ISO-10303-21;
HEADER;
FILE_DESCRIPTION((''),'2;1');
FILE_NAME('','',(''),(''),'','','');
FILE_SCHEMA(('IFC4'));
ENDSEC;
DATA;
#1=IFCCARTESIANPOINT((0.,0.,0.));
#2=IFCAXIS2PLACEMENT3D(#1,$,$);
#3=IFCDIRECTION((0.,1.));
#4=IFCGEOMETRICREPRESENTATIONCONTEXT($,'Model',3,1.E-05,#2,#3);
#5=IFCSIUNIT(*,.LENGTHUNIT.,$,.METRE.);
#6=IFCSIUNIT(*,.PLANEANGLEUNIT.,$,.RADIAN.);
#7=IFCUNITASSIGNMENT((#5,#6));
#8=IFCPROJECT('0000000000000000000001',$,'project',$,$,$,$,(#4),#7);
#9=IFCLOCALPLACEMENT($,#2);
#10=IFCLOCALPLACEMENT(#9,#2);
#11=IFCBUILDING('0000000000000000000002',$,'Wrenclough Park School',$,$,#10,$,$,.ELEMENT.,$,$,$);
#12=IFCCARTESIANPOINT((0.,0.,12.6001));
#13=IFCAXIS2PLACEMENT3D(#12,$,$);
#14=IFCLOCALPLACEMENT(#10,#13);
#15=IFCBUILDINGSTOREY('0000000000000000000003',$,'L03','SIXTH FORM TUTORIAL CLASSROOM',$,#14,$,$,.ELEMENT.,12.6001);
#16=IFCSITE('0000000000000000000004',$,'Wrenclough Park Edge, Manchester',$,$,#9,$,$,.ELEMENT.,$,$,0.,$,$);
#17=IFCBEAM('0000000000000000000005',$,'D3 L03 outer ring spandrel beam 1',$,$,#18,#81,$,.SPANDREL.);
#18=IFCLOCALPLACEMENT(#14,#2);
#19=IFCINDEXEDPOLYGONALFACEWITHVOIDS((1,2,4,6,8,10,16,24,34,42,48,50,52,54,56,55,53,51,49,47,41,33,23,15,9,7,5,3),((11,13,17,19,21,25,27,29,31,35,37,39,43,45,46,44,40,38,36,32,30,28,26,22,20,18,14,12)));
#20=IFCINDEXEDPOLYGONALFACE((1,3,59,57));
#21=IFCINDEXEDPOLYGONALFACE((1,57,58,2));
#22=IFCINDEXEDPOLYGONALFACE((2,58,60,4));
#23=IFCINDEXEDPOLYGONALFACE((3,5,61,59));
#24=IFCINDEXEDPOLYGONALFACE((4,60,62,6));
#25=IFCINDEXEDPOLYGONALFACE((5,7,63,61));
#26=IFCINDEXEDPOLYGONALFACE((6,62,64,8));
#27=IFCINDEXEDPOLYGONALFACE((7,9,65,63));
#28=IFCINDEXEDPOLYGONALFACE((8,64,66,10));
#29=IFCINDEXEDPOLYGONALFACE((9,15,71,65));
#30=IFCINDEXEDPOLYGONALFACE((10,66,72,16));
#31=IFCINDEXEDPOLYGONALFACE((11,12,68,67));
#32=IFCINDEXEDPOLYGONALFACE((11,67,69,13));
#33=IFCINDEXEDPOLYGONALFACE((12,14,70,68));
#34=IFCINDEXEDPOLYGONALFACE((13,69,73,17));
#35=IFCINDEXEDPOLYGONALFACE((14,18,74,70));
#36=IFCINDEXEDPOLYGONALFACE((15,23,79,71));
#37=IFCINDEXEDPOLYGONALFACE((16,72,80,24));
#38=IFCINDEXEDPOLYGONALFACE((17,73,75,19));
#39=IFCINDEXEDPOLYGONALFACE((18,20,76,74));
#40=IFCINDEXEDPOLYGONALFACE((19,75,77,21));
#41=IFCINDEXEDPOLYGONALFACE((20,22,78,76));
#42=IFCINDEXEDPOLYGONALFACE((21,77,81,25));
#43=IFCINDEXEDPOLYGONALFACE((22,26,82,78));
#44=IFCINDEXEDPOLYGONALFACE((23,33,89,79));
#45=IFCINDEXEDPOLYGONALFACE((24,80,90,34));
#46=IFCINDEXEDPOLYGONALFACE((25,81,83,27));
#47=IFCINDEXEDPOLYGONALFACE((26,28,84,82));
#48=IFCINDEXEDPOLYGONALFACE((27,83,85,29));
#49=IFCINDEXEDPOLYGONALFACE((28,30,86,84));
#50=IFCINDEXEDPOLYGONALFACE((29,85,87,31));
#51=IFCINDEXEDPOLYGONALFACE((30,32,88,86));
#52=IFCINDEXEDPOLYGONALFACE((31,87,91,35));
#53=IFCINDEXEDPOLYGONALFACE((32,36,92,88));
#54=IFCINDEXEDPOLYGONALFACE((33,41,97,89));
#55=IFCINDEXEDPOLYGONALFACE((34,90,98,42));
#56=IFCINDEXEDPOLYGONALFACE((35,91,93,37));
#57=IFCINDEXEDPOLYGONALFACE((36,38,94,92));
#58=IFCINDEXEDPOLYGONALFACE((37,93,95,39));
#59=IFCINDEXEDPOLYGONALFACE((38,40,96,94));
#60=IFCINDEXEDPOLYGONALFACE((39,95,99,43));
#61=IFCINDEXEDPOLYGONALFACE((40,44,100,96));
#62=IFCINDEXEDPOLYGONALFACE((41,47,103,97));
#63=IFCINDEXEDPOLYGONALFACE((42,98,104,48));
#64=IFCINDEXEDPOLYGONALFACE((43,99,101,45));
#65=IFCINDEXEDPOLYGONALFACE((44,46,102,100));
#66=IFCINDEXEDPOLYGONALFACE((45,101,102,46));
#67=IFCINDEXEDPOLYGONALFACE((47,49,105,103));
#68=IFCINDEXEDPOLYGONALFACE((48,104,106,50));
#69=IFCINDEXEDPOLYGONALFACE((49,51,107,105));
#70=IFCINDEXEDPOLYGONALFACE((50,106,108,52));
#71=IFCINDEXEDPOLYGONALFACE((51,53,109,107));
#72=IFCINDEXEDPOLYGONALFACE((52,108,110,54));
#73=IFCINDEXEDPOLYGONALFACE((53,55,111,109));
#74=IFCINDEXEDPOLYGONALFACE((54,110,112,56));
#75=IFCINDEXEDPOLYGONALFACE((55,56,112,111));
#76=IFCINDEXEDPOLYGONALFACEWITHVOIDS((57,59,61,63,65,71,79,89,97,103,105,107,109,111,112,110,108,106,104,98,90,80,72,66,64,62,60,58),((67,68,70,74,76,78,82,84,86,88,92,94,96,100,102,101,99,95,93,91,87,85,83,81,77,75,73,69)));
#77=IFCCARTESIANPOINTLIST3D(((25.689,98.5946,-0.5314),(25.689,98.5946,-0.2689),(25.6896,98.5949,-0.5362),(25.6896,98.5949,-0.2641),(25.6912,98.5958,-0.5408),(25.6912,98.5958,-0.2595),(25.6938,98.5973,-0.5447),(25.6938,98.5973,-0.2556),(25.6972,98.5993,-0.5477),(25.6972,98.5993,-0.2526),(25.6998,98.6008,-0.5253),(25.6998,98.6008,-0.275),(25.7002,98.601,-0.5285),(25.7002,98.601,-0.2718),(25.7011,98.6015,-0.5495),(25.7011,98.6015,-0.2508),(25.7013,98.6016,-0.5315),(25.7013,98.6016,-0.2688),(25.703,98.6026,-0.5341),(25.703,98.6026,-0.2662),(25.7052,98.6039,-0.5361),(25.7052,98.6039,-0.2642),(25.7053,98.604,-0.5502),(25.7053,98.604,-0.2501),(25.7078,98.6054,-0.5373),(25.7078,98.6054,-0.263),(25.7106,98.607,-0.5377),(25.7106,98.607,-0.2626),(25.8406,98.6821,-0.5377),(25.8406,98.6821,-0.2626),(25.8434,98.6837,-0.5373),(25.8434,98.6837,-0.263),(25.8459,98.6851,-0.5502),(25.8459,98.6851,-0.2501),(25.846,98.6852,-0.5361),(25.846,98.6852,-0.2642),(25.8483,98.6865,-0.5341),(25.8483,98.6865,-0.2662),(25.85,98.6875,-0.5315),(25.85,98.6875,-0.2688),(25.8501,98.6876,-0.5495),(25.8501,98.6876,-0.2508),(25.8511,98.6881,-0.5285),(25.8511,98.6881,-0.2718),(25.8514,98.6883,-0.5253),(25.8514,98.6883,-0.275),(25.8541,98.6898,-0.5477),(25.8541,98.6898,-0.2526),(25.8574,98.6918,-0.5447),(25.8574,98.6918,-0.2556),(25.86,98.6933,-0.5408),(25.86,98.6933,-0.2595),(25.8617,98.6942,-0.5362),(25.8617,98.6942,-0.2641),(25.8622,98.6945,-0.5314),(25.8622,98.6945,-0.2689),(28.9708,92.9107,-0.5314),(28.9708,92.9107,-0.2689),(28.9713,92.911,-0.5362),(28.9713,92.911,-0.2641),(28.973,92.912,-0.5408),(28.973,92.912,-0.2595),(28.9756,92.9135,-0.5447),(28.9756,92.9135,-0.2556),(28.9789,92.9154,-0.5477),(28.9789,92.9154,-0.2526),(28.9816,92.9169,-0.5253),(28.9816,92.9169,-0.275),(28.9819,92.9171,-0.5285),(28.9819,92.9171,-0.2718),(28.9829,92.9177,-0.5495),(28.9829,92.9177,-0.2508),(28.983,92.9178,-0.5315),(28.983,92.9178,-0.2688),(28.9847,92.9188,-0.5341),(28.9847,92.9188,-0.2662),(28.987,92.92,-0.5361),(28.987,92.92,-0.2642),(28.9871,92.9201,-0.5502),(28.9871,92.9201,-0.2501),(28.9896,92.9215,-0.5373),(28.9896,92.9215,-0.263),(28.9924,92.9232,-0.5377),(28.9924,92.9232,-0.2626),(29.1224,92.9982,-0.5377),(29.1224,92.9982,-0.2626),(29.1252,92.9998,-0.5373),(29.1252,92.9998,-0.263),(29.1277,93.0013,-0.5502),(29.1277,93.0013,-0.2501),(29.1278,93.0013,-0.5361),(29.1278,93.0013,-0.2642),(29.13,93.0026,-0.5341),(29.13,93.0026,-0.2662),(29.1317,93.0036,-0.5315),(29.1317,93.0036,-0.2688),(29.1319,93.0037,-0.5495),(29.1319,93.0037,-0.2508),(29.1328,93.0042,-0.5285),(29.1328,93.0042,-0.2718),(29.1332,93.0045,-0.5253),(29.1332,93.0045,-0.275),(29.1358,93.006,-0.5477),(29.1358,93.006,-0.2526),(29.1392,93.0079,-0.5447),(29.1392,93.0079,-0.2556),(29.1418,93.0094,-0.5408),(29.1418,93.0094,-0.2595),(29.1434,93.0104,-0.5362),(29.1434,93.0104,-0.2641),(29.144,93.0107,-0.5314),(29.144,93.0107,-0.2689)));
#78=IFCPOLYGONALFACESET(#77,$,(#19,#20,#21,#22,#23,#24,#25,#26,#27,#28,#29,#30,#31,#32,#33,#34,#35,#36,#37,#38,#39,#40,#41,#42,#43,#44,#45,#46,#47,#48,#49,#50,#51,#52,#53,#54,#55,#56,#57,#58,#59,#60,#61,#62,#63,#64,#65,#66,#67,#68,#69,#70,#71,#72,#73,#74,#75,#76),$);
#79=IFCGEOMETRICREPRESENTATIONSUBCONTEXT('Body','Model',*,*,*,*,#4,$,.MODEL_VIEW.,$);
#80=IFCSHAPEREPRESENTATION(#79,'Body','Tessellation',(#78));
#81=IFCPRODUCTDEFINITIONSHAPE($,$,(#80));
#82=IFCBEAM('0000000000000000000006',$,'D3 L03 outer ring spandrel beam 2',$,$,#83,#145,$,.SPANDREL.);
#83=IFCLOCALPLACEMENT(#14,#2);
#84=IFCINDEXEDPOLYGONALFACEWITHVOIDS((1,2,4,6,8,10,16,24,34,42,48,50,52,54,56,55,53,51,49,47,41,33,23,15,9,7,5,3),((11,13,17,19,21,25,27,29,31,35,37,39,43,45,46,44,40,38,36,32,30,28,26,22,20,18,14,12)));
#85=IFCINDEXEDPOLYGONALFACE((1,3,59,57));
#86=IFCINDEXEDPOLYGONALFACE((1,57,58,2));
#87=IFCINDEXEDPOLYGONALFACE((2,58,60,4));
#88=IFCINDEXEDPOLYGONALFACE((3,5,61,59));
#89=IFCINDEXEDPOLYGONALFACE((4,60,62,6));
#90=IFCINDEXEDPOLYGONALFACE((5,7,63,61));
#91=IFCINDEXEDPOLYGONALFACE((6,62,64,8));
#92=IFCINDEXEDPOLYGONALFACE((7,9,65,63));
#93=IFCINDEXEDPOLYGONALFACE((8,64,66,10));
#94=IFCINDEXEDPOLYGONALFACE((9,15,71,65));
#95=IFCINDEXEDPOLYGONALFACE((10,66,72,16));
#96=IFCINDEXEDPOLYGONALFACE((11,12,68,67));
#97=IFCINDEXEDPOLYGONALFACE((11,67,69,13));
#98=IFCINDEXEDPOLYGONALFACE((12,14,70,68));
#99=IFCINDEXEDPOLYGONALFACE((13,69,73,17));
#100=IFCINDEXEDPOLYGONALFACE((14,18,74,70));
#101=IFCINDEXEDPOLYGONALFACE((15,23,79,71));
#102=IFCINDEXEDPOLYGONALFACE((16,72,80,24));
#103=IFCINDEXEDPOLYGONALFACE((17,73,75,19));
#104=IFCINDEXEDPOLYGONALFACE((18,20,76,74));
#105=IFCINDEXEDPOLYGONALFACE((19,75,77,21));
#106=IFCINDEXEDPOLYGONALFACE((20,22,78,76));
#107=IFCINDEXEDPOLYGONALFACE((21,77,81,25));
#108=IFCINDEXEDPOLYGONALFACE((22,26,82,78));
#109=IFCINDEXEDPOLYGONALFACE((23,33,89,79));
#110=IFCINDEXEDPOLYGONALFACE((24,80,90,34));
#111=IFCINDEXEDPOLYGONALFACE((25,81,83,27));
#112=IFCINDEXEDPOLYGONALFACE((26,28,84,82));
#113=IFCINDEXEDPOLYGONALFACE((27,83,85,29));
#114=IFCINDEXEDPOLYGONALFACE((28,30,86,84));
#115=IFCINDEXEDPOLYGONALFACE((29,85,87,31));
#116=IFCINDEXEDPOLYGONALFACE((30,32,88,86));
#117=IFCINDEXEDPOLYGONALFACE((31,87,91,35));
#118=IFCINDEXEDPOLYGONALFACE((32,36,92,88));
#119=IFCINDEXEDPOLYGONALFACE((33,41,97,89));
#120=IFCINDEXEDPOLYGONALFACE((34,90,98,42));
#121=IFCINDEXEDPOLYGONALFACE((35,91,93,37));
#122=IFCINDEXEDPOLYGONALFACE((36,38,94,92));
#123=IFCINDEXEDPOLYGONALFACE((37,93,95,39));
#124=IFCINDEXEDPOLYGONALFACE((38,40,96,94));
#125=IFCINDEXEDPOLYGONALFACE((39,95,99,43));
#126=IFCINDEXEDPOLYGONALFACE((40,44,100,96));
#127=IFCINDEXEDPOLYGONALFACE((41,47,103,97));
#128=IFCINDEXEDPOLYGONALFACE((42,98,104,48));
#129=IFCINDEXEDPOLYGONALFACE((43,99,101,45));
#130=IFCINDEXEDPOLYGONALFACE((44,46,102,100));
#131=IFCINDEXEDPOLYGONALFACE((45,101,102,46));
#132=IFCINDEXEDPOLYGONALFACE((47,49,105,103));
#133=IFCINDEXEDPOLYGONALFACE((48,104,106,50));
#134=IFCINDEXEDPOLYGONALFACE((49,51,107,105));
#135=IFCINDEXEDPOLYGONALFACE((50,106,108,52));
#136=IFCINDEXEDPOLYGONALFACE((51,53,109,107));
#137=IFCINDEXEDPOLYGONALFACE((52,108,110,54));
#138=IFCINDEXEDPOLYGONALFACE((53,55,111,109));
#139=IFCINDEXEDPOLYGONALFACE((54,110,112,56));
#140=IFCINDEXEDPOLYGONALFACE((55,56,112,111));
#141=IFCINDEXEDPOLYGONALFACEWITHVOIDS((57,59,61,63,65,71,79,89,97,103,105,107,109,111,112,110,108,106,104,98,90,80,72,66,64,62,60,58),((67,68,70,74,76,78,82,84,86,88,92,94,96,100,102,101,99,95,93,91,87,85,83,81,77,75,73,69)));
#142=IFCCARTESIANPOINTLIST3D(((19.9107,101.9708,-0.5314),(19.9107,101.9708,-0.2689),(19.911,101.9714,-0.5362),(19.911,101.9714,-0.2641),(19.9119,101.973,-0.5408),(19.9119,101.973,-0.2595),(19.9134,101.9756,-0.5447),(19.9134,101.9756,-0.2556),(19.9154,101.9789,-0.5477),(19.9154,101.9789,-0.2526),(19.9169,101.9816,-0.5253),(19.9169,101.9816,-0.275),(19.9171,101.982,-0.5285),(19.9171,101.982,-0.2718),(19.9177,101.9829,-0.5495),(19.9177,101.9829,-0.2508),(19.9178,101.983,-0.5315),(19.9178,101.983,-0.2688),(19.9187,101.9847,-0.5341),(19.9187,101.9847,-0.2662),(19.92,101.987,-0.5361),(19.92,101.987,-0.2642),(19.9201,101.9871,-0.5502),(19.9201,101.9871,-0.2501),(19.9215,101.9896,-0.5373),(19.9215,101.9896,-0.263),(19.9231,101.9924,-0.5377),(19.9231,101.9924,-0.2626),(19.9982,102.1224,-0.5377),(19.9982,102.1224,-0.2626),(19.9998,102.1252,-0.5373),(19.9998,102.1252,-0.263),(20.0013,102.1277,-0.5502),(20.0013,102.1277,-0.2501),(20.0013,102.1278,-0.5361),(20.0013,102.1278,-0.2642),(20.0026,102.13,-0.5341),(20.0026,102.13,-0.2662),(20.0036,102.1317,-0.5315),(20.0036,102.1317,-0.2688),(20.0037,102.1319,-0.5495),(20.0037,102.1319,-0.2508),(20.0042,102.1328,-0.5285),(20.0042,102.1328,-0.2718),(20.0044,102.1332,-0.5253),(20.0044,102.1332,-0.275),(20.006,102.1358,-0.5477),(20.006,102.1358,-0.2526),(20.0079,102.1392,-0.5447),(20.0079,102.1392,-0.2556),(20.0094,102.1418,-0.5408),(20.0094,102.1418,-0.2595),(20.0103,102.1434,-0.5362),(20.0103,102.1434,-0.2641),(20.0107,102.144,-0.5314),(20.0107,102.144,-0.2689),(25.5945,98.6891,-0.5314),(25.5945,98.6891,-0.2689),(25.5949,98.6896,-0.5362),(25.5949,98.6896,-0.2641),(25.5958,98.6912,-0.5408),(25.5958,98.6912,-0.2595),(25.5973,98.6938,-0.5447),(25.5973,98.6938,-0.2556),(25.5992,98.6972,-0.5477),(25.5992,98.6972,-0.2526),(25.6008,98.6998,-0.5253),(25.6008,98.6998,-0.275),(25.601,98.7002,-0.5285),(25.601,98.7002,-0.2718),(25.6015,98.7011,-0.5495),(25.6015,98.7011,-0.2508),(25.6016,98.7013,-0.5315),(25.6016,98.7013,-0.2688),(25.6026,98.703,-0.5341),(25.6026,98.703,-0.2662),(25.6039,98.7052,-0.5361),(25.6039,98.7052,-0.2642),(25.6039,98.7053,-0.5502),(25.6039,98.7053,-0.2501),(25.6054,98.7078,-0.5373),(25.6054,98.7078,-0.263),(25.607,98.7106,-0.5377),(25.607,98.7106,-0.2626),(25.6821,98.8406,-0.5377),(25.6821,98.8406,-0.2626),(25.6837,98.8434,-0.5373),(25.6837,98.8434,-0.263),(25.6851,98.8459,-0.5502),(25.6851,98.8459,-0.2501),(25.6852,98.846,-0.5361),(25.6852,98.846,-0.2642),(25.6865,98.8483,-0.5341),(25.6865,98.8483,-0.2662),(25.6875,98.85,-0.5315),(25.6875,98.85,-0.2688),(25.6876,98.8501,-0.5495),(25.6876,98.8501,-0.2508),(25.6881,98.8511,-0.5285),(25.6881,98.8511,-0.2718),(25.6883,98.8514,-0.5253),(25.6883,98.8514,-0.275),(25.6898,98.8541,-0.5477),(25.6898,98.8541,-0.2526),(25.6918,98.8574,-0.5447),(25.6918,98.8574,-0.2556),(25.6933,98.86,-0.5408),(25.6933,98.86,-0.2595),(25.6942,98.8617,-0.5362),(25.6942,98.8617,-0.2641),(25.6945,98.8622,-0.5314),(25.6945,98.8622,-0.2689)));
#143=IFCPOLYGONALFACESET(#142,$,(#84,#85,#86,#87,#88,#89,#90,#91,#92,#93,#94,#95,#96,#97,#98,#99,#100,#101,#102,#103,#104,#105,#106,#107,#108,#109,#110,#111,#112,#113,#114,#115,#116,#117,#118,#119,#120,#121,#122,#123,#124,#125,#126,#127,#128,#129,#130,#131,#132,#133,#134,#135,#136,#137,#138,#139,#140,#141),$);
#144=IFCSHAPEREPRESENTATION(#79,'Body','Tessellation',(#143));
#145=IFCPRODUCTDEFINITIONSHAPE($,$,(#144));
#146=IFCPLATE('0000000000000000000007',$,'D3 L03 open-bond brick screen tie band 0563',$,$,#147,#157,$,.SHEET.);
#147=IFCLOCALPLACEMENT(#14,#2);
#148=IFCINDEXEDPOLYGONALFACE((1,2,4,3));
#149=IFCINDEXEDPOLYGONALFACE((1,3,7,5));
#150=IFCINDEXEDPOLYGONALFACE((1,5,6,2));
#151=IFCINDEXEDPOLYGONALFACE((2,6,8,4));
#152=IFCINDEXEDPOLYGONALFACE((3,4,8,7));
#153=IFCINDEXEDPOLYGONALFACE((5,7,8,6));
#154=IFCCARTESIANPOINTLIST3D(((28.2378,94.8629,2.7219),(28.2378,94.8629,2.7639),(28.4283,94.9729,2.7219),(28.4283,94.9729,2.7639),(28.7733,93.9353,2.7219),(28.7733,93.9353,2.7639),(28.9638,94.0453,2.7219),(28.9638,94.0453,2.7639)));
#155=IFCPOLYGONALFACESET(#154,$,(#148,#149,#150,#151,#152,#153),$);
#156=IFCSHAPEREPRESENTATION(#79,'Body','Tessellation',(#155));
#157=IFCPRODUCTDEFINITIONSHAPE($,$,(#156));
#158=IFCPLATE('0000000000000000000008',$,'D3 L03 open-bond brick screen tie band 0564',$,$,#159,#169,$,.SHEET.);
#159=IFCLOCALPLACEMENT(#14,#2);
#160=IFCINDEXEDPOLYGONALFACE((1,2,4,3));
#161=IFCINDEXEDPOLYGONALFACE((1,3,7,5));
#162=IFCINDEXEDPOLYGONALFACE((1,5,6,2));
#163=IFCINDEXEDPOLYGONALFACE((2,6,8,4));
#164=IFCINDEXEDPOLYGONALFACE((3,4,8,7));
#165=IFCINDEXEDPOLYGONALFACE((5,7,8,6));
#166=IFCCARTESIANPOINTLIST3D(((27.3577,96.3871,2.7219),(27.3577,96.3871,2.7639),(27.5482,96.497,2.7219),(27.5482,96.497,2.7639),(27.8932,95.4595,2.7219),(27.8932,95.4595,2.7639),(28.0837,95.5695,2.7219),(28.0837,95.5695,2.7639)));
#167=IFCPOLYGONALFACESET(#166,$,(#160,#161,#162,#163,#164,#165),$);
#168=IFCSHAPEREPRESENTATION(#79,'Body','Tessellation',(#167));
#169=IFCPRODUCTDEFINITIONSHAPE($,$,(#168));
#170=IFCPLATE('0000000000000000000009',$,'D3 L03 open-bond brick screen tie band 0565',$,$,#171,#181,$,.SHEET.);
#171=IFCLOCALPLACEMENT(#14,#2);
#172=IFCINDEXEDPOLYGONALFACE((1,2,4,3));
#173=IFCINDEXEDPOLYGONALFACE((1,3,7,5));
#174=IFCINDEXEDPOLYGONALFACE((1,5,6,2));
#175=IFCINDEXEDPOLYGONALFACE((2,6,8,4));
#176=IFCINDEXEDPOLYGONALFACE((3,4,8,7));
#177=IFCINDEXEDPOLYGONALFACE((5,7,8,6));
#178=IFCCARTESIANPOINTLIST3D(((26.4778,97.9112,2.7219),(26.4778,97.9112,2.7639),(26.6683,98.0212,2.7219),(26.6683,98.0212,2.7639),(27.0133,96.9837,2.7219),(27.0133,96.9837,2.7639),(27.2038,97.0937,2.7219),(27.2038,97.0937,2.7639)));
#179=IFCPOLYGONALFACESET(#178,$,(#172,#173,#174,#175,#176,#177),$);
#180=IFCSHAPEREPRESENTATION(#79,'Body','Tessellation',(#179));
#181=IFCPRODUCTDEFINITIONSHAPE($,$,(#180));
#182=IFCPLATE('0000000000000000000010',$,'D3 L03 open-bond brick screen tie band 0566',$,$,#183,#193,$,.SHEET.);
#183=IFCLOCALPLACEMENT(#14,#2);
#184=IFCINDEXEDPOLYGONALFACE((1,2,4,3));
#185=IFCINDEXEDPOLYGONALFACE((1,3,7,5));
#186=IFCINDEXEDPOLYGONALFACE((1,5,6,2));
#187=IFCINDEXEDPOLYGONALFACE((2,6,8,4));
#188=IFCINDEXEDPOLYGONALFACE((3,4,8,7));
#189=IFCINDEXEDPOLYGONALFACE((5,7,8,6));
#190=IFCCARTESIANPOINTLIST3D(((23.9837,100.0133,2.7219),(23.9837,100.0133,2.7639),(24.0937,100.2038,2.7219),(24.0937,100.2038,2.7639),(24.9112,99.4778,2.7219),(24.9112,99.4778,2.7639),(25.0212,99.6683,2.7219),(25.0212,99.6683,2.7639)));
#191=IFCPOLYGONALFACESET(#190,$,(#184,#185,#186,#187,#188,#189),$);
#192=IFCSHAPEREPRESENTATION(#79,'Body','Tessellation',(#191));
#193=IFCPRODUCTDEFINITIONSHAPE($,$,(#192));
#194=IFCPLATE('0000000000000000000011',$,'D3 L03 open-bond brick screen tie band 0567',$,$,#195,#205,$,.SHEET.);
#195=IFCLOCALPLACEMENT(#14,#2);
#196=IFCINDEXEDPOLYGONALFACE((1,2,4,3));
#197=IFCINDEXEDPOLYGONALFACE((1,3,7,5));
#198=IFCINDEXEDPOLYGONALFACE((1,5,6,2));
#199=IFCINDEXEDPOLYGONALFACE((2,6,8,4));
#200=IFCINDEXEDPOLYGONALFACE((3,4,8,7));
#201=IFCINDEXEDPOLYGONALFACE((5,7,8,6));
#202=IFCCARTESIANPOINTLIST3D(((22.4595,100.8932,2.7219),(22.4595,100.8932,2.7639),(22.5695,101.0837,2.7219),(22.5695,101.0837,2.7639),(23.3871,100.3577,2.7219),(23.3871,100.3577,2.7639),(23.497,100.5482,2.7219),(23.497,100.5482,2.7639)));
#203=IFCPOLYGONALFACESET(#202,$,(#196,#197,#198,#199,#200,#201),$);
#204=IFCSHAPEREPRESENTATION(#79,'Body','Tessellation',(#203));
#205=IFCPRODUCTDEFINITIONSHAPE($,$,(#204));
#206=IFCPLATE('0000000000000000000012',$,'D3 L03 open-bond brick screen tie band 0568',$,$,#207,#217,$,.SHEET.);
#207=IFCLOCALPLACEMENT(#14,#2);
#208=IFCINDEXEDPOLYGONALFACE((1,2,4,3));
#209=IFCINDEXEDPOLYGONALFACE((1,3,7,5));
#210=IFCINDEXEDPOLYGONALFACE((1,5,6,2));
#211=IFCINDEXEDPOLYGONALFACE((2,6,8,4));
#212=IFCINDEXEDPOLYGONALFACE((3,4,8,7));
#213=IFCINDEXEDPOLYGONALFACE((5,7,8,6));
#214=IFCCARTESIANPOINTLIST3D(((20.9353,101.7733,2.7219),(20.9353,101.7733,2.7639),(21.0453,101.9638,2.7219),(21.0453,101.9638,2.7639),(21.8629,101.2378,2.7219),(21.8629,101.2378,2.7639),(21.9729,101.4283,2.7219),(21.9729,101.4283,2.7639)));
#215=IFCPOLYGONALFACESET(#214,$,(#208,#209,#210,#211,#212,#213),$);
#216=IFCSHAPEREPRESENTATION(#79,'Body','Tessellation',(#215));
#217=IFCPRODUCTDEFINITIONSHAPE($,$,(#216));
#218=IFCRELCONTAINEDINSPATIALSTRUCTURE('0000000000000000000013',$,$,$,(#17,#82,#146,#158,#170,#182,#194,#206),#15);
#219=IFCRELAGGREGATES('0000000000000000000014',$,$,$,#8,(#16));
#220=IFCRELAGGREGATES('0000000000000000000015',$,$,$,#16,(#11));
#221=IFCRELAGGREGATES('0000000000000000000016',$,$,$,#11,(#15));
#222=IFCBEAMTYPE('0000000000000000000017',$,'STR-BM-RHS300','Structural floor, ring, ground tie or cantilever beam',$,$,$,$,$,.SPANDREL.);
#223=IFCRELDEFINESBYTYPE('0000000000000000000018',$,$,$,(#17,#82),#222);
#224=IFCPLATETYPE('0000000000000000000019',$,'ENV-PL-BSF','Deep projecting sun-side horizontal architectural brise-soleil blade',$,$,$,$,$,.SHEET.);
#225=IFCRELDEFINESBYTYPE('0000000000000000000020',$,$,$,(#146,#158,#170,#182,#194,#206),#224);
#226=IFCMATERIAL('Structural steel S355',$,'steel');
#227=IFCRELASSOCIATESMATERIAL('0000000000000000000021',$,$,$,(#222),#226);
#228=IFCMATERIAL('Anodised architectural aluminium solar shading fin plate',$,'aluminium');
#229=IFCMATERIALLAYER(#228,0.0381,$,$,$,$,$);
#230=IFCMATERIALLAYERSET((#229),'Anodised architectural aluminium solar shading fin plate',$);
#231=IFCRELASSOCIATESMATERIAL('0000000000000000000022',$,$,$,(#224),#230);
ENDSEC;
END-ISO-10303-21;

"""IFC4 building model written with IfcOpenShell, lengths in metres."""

from ifc_helpers import new_model, si_unit, direction, frame, origin, origin_2d, place, context, subcontext, project, spatial, rectangle, hollow_rectangle, extrude, material, layer, layer_set, material_profile, profile_set, type_object, element, save


model = new_model("IFC4")

# Units and contexts
model_context = context("Model", 3, precision=1e-05, world=origin(), true_north=direction((0.0, 1.0)))
body_context = subcontext(model_context, "Body", "Model", "MODEL_VIEW")
ifc_project = project(units=[si_unit("LENGTHUNIT", "METRE"), si_unit("PLANEANGLEUNIT", "RADIAN")], contexts=[model_context])

# Site, building, storey
site_placement = place(None, origin())
site = spatial("IfcSite", under=ifc_project, at=site_placement, Name="Wrenclough Park Edge, Manchester", CompositionType="ELEMENT", RefElevation=0.0)
building_placement = place(site_placement, origin())
building = spatial("IfcBuilding", under=site, at=building_placement, Name="Wrenclough Park School", CompositionType="ELEMENT")
storey_placement = place(building_placement, frame((0.0, 0.0, 12.6001)))
storey = spatial("IfcBuildingStorey", under=building, at=storey_placement, Name="L03", Description="SIXTH FORM TUTORIAL CLASSROOM", CompositionType="ELEMENT", Elevation=12.6001)

# Shared definitions
ifc_material_1 = material(Name="Structural steel S355", Category="steel")

# Beams
ifc_material_profile_1 = material_profile(ifc_material_1, hollow_rectangle(XDim=0.2, YDim=0.3, WallThickness=0.0125, InnerFilletRadius=0.0125, OuterFilletRadius=0.0188, at=origin_2d()), Name="RHS 300x200x12.5")
ifc_profile_set_1 = profile_set([ifc_material_profile_1], Name="Structural steel S355")
beam_type = type_object("IfcBeamType", Name="STR-BM-RHS300", Description="Structural floor, ring, ground tie or cantilever beam", PredefinedType="SPANDREL", material=ifc_profile_set_1)
for number, where, z_axis, x_axis, name in (
    (1, (29.0574, 92.9607, -0.4001), (-0.50002, 0.866014, 0.0), (-0.866014, -0.50002, 0.0), "D3 L03 outer ring spandrel beam 1"),
    (2, (25.6445, 98.7756, -0.4001), (-0.866014, 0.50002, 0.0), (-0.50002, -0.866014, 0.0), "D3 L03 outer ring spandrel beam 2"),
):
    element("IfcBeam", number, at=place(storey_placement, frame(where, z_axis=z_axis, x_axis=x_axis)), inside=storey, type_object=beam_type, Name=name, PredefinedType="SPANDREL", context=body_context, shape_type="SweptSolid", body=[
        extrude(hollow_rectangle(XDim=0.2, YDim=0.3, WallThickness=0.0125, InnerFilletRadius=0.0125, OuterFilletRadius=0.0188, at=origin_2d()), origin(), (0.0, 0.0, 1.0), 6.5632),
    ])

# Plates
ifc_material_2 = material(Name="Anodised architectural aluminium solar shading fin plate", Category="aluminium")
ifc_layer_1 = layer(ifc_material_2, 0.0381)
ifc_layer_set_1 = layer_set([ifc_layer_1], Name="Anodised architectural aluminium solar shading fin plate")
plate_type = type_object("IfcPlateType", Name="ENV-PL-BSF", Description="Deep projecting sun-side horizontal architectural brise-soleil blade", PredefinedType="SHEET", material=ifc_layer_set_1)
for number, where, z_axis, x_axis, name in (
    (3, (28.6008, 94.4541, 2.7219), (0.0, 0.0, 1.0), (-0.499991, 0.866031, 0.0), "D3 L03 open-bond brick screen tie band 0563"),
    (4, (27.7207, 95.9783, 2.7219), (0.0, 0.0, 1.0), (-0.499991, 0.866031, 0.0), "D3 L03 open-bond brick screen tie band 0564"),
    (5, (26.8408, 97.5024, 2.7219), (0.0, 0.0, 1.0), (-0.499991, 0.866031, 0.0), "D3 L03 open-bond brick screen tie band 0565"),
    (6, (24.5024, 99.8408, 2.7219), (0.0, 0.0, 1.0), (-0.866031, 0.499991, 0.0), "D3 L03 open-bond brick screen tie band 0566"),
    (7, (22.9783, 100.7207, 2.7219), (0.0, 0.0, 1.0), (-0.866031, 0.499991, 0.0), "D3 L03 open-bond brick screen tie band 0567"),
    (8, (21.4541, 101.6008, 2.7219), (0.0, 0.0, 1.0), (-0.866031, 0.499991, 0.0), "D3 L03 open-bond brick screen tie band 0568"),
):
    element("IfcPlate", number, at=place(storey_placement, frame(where, z_axis=z_axis, x_axis=x_axis)), inside=storey, type_object=plate_type, Name=name, PredefinedType="SHEET", context=body_context, shape_type="SweptSolid", body=[
        extrude(rectangle(XDim=1.071, YDim=0.22, at=origin_2d()), origin(), (0.0, 0.0, 1.0), 0.042),
    ])

save(model, "model.ifc")
